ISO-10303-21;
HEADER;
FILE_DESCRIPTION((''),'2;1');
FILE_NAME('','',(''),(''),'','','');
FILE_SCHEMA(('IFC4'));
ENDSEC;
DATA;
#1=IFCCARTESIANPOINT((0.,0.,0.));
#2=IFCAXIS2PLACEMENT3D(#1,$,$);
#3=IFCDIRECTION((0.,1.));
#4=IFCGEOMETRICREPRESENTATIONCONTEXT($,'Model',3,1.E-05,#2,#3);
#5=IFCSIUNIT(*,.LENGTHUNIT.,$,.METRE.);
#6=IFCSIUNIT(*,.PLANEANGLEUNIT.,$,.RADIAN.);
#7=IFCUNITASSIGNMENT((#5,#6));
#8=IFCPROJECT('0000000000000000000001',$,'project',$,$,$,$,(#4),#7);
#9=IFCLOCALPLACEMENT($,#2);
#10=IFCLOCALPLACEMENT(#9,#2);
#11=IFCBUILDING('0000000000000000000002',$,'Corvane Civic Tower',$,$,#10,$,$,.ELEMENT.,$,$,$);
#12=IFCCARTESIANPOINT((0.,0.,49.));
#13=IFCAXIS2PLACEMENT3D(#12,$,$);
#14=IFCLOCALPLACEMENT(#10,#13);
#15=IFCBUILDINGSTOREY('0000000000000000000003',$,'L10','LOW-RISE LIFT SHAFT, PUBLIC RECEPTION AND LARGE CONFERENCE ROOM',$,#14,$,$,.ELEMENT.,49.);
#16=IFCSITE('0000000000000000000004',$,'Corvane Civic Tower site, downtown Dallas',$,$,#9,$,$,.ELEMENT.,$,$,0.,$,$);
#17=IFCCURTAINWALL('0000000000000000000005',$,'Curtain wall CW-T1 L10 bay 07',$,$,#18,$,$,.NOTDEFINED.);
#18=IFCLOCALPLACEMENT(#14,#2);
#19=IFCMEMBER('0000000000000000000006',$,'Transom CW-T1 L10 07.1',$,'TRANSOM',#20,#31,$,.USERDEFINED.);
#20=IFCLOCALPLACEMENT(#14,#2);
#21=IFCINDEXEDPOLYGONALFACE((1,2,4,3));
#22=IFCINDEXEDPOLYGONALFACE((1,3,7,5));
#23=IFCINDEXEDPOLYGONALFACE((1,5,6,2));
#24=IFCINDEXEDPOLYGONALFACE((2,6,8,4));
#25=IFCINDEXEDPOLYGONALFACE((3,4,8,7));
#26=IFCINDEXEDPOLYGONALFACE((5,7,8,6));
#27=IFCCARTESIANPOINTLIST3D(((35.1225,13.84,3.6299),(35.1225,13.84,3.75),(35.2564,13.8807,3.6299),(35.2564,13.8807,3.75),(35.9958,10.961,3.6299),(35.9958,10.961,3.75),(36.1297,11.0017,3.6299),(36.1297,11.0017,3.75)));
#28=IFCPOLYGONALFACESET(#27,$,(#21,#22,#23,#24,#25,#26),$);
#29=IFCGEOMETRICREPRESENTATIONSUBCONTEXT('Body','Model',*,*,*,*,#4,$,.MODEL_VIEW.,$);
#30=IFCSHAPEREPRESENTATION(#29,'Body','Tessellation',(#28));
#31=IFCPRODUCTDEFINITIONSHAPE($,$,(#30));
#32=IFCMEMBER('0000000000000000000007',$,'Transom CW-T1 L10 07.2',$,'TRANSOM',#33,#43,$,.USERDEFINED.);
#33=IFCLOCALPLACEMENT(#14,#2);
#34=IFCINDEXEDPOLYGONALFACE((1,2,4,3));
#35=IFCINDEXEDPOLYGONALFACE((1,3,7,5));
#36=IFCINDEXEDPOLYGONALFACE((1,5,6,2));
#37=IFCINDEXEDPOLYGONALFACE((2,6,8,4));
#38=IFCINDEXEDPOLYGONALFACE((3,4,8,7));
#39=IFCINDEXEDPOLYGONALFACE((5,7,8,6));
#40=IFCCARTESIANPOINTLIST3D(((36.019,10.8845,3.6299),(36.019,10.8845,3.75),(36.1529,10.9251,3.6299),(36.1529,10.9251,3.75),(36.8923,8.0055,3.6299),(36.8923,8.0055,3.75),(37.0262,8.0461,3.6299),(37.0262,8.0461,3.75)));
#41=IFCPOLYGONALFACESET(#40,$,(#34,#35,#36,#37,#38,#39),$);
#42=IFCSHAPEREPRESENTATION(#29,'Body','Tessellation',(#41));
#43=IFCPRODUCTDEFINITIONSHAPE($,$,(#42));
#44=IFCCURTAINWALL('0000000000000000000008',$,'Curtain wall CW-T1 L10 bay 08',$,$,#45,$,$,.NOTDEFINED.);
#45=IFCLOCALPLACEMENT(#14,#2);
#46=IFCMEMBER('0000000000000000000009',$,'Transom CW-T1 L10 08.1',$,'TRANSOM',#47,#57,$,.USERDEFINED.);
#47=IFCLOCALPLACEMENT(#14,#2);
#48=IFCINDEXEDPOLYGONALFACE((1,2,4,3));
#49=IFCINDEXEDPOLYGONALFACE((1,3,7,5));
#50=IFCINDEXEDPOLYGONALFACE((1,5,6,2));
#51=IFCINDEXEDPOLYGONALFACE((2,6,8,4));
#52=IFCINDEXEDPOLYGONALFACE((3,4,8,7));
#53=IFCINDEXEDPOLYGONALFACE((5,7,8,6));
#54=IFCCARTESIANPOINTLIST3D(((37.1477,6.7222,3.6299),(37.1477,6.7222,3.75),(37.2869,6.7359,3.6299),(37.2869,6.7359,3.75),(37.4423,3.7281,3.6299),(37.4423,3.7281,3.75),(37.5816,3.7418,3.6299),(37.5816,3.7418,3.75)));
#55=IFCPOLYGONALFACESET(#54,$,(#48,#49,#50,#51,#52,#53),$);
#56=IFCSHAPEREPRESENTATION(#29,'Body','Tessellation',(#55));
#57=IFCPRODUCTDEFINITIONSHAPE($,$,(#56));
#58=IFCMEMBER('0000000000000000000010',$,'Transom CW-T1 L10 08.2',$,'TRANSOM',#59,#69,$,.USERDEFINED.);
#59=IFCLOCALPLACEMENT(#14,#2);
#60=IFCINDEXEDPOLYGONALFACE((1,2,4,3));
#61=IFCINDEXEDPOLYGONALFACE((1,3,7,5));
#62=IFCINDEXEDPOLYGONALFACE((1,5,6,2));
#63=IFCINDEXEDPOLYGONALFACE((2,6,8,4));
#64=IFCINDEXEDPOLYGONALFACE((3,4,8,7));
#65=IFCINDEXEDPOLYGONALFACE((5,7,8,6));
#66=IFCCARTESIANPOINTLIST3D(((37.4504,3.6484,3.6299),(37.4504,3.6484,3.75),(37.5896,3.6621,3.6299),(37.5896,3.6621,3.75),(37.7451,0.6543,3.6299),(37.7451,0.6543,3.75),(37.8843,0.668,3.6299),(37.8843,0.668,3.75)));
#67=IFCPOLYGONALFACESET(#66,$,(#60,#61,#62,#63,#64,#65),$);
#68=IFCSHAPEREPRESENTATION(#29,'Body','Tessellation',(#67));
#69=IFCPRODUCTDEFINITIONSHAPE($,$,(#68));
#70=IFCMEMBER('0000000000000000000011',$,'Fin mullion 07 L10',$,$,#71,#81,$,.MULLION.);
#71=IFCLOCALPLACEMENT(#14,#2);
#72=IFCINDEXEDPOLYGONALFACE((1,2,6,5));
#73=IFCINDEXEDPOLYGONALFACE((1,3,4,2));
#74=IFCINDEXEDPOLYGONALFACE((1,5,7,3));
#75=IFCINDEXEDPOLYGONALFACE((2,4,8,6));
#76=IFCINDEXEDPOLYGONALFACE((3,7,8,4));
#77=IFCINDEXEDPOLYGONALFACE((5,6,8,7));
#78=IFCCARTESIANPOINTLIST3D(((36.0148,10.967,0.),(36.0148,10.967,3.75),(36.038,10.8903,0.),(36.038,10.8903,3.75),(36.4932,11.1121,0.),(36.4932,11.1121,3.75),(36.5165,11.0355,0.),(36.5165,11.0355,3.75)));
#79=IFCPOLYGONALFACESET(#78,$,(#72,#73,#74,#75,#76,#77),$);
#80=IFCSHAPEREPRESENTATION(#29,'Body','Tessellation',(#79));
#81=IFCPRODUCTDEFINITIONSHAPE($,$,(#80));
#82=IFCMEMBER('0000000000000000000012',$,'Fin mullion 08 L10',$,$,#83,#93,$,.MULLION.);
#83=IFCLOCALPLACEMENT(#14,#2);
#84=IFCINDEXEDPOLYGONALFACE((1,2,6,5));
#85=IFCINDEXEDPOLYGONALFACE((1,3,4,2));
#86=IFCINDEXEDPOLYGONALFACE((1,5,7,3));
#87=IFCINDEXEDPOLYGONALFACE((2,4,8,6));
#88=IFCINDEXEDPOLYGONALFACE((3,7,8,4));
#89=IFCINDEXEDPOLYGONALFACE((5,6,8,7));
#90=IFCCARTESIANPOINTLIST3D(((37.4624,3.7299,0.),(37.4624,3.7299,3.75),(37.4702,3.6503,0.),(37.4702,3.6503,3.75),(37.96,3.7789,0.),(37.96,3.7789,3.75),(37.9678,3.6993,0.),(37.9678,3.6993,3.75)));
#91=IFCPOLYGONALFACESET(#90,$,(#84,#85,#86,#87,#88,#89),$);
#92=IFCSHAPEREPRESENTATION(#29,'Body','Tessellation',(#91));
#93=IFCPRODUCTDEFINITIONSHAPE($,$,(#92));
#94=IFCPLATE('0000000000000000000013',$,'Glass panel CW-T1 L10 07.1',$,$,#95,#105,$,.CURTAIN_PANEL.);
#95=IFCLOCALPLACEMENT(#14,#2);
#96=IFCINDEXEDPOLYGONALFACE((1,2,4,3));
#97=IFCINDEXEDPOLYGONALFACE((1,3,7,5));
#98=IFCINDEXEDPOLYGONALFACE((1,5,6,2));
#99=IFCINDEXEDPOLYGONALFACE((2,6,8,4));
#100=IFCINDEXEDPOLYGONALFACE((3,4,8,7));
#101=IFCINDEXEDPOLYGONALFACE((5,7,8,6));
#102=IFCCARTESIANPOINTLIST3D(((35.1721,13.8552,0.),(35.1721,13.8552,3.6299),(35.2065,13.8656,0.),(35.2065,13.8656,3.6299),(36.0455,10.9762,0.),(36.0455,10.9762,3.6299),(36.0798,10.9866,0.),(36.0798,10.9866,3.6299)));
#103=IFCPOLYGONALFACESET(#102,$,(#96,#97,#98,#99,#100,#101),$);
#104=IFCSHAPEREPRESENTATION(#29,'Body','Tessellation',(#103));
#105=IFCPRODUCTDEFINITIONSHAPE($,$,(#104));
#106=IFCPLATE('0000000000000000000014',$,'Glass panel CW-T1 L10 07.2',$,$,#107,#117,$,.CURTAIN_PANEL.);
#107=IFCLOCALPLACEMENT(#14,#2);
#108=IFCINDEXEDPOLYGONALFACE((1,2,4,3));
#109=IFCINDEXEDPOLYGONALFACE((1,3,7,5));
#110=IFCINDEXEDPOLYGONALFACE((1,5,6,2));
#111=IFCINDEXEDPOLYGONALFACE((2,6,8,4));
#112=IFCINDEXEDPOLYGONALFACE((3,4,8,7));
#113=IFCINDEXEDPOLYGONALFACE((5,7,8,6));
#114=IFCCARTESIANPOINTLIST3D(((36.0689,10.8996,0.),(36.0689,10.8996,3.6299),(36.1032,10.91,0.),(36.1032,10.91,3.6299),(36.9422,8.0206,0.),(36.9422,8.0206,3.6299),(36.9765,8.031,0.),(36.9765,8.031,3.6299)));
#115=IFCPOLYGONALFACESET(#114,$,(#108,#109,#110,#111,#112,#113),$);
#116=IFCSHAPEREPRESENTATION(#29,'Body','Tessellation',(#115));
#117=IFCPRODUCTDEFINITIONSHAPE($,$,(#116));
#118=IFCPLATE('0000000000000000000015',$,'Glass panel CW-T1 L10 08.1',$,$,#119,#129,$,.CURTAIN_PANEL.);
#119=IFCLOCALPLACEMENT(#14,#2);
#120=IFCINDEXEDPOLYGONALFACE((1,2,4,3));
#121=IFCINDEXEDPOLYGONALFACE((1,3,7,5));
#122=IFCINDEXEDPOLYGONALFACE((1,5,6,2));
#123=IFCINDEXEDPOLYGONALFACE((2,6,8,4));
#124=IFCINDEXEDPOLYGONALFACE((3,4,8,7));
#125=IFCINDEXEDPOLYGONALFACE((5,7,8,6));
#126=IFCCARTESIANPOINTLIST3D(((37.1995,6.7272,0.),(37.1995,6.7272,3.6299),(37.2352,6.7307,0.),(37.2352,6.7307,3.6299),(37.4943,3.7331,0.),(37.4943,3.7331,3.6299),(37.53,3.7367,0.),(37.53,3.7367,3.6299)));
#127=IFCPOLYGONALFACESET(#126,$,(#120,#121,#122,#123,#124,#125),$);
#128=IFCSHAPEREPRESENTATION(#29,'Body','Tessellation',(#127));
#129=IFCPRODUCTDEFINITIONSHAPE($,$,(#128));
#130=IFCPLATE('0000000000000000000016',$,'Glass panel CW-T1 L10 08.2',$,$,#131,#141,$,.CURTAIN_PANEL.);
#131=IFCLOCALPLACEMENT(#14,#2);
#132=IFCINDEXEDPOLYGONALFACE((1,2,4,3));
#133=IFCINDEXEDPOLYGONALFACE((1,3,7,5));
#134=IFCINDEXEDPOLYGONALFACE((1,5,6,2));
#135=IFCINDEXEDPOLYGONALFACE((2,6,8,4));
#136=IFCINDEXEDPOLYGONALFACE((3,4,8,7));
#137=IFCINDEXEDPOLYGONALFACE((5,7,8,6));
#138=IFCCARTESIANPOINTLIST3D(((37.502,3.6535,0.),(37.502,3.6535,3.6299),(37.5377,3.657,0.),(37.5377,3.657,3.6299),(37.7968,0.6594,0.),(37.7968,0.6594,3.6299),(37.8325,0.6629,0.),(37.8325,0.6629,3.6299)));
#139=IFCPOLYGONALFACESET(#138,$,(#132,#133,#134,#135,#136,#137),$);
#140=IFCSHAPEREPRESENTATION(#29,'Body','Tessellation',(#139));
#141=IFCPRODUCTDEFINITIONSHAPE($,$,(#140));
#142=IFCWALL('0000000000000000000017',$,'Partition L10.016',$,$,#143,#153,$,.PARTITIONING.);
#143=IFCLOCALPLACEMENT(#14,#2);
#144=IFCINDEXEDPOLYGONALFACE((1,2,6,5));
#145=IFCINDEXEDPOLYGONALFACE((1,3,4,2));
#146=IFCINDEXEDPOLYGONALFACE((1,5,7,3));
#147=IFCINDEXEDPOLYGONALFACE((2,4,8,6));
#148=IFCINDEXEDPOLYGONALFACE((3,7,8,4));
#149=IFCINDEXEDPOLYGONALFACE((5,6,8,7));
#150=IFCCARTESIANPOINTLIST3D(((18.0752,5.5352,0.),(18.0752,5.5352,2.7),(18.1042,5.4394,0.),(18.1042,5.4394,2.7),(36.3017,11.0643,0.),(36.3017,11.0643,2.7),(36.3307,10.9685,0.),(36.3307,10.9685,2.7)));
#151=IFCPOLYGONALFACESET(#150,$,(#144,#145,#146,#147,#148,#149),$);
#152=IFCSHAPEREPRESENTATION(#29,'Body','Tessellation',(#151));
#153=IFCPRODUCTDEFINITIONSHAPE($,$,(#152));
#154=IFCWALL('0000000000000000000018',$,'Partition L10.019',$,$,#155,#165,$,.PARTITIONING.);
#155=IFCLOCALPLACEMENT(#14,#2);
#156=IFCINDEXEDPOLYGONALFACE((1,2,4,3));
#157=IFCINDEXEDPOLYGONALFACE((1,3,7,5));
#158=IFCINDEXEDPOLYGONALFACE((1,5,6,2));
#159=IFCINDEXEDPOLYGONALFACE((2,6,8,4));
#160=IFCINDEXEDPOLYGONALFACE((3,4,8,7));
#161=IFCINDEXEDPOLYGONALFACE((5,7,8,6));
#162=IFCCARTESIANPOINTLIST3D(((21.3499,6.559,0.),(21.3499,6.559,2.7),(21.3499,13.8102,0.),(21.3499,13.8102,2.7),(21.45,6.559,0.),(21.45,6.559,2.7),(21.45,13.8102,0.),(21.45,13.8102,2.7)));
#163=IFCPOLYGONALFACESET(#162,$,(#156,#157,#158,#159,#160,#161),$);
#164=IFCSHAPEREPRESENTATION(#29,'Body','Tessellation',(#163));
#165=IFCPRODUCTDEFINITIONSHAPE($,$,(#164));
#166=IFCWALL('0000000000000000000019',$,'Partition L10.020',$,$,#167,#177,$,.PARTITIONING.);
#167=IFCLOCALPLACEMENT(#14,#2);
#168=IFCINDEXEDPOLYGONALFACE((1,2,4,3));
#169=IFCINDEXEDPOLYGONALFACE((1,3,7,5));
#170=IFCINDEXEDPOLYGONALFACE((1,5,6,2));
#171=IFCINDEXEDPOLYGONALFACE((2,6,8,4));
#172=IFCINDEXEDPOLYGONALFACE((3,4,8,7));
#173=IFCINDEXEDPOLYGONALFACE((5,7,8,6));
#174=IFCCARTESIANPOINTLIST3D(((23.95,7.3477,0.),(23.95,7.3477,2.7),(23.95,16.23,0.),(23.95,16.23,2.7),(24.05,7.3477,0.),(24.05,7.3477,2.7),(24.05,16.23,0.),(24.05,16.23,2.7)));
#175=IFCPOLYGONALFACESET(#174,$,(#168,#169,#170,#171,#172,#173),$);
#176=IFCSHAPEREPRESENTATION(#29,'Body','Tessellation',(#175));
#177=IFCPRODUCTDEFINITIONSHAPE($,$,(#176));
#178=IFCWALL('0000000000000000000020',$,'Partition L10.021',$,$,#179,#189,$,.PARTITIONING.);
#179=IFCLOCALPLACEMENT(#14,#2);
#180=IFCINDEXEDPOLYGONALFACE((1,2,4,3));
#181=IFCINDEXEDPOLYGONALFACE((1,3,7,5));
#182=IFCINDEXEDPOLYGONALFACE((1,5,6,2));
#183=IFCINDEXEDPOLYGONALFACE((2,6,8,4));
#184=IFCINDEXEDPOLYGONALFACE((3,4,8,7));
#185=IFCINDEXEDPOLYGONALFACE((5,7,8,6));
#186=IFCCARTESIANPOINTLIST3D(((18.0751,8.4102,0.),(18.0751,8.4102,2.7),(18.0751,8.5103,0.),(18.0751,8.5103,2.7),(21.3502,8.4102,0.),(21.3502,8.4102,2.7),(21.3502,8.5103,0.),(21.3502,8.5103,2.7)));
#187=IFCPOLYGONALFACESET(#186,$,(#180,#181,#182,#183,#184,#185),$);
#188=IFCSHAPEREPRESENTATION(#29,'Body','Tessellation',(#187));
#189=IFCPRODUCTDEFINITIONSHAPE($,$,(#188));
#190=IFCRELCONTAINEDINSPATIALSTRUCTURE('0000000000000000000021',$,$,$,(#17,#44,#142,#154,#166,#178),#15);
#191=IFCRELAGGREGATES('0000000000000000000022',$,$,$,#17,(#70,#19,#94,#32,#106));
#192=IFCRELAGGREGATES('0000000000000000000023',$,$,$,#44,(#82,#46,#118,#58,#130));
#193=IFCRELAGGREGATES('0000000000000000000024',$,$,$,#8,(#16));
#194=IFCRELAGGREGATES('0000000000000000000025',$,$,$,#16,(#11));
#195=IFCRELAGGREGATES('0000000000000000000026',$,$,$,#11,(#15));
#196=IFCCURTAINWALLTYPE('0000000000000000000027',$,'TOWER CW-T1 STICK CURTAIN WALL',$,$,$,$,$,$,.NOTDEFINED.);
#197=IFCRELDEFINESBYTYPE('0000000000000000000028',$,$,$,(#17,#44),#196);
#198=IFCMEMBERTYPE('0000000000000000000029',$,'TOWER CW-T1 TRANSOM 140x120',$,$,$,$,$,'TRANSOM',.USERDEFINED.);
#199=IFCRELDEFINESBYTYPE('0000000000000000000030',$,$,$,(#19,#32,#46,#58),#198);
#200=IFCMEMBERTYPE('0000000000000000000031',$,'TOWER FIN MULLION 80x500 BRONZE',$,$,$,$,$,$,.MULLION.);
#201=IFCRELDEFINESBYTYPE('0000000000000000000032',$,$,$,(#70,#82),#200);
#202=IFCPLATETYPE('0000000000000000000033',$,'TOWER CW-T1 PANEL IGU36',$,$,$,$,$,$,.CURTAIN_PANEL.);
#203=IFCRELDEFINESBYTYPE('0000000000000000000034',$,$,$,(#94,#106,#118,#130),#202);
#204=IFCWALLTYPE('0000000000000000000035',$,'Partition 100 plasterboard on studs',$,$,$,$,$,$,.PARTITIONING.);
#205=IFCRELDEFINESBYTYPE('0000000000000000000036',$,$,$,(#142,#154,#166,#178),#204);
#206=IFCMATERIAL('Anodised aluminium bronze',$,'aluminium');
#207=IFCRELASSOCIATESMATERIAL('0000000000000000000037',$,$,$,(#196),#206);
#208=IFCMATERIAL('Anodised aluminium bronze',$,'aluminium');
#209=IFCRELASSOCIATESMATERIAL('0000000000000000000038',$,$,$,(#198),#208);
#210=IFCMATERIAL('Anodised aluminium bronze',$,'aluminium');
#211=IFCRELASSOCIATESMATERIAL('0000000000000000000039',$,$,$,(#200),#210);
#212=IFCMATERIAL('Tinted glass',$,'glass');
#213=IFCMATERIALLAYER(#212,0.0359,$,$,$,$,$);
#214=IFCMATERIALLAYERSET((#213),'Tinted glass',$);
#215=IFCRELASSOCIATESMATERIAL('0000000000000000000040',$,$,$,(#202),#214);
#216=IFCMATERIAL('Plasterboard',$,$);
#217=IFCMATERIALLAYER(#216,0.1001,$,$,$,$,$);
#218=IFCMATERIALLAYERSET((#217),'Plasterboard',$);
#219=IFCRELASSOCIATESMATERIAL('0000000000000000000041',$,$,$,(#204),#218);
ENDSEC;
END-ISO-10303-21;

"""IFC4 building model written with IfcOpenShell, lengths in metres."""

from ifc_helpers import new_model, si_unit, direction, frame, frame_2d, origin, origin_2d, place, context, subcontext, project, spatial, rectangle, extrude, material, layer, layer_set, material_profile, profile_set, type_object, element, aggregate, save


model = new_model("IFC4")

# Units and contexts
model_context = context("Model", 3, precision=1e-05, world=origin(), true_north=direction((0.0, 1.0)))
body_context = subcontext(model_context, "Body", "Model", "MODEL_VIEW")
ifc_project = project(units=[si_unit("LENGTHUNIT", "METRE"), si_unit("PLANEANGLEUNIT", "RADIAN")], contexts=[model_context])

# Site, building, storey
site_placement = place(None, origin())
site = spatial("IfcSite", under=ifc_project, at=site_placement, Name="Corvane Civic Tower site, downtown Dallas", CompositionType="ELEMENT", RefElevation=0.0)
building_placement = place(site_placement, origin())
building = spatial("IfcBuilding", under=site, at=building_placement, Name="Corvane Civic Tower", CompositionType="ELEMENT")
storey_placement = place(building_placement, frame((0.0, 0.0, 49.0)))
storey = spatial("IfcBuildingStorey", under=building, at=storey_placement, Name="L10", Description="LOW-RISE LIFT SHAFT, PUBLIC RECEPTION AND LARGE CONFERENCE ROOM", CompositionType="ELEMENT", Elevation=49.0)

# Curtain walls, members
ifc_material_1 = material(Name="Anodised aluminium bronze", Category="aluminium")
curtain_wall_type = type_object("IfcCurtainWallType", Name="TOWER CW-T1 STICK CURTAIN WALL", PredefinedType="NOTDEFINED", material=ifc_material_1)
curtain_wall_1_placement = place(storey_placement, origin())
curtain_wall_1 = element("IfcCurtainWall", 1, at=curtain_wall_1_placement, inside=storey, type_object=curtain_wall_type, Name="Curtain wall CW-T1 L10 bay 07", PredefinedType="NOTDEFINED")
ifc_material_2 = material(Name="Anodised aluminium bronze", Category="aluminium")
ifc_material_profile_1 = material_profile(ifc_material_2, rectangle(XDim=0.1399, YDim=0.1201, at=origin_2d()), Name="TOWER CW-T1 TRANSOM 140x120")
ifc_profile_set_1 = profile_set([ifc_material_profile_1], Name="Anodised aluminium bronze")
member_type_1 = type_object("IfcMemberType", Name="TOWER CW-T1 TRANSOM 140x120", ElementType="TRANSOM", PredefinedType="USERDEFINED", material=ifc_profile_set_1)
member_1_placement = place(storey_placement, frame((35.1895, 13.8604, 3.6899), z_axis=(0.29028, -0.956942, 0.0), x_axis=(0.956942, 0.29028, 0.0)))
member_1 = element("IfcMember", 2, at=member_1_placement, type_object=member_type_1, Name="Transom CW-T1 L10 07.1", ObjectType="TRANSOM", PredefinedType="USERDEFINED", context=body_context, shape_type="SweptSolid", body=[
    extrude(rectangle(XDim=0.1399, YDim=0.1201, at=origin_2d()), origin(), (0.0, 0.0, 1.0), 3.0085),
])
member_2_placement = place(storey_placement, frame((36.0859, 10.9048, 3.6899), z_axis=(0.29028, -0.956942, 0.0), x_axis=(0.956942, 0.29028, 0.0)))
member_2 = element("IfcMember", 3, at=member_2_placement, type_object=member_type_1, Name="Transom CW-T1 L10 07.2", ObjectType="TRANSOM", PredefinedType="USERDEFINED", context=body_context, shape_type="SweptSolid", body=[
    extrude(rectangle(XDim=0.1399, YDim=0.1201, at=origin_2d()), origin(), (0.0, 0.0, 1.0), 3.0085),
])
curtain_wall_2_placement = place(storey_placement, origin())
curtain_wall_2 = element("IfcCurtainWall", 4, at=curtain_wall_2_placement, inside=storey, type_object=curtain_wall_type, Name="Curtain wall CW-T1 L10 bay 08", PredefinedType="NOTDEFINED")
member_3_placement = place(storey_placement, frame((37.2173, 6.729, 3.6899), z_axis=(0.097945, -0.995192, 0.0), x_axis=(0.995192, 0.097945, 0.0)))
member_3 = element("IfcMember", 5, at=member_3_placement, type_object=member_type_1, Name="Transom CW-T1 L10 08.1", ObjectType="TRANSOM", PredefinedType="USERDEFINED", context=body_context, shape_type="SweptSolid", body=[
    extrude(rectangle(XDim=0.1399, YDim=0.1201, at=origin_2d()), origin(), (0.0, 0.0, 1.0), 3.0085),
])
member_4_placement = place(storey_placement, frame((37.52, 3.6553, 3.6899), z_axis=(0.097945, -0.995192, 0.0), x_axis=(0.995192, 0.097945, 0.0)))
member_4 = element("IfcMember", 6, at=member_4_placement, type_object=member_type_1, Name="Transom CW-T1 L10 08.2", ObjectType="TRANSOM", PredefinedType="USERDEFINED", context=body_context, shape_type="SweptSolid", body=[
    extrude(rectangle(XDim=0.1399, YDim=0.1201, at=origin_2d()), origin(), (0.0, 0.0, 1.0), 3.0085),
])

# Members
ifc_material_3 = material(Name="Anodised aluminium bronze", Category="aluminium")
ifc_material_profile_2 = material_profile(ifc_material_3, rectangle(XDim=0.0801, YDim=0.5, at=origin_2d()), Name="TOWER FIN MULLION 80x500 BRONZE")
ifc_profile_set_2 = profile_set([ifc_material_profile_2], Name="Anodised aluminium bronze")
member_type_2 = type_object("IfcMemberType", Name="TOWER FIN MULLION 80x500 BRONZE", PredefinedType="MULLION", material=ifc_profile_set_2)
member_5_placement = place(storey_placement, frame((36.2656, 11.0012, 0.0), z_axis=(0.0, 0.0, 1.0), x_axis=(0.290278, -0.956942, 0.0)))
member_5 = element("IfcMember", 7, at=member_5_placement, type_object=member_type_2, Name="Fin mullion 07 L10", PredefinedType="MULLION", context=body_context, shape_type="SweptSolid", body=[
    extrude(rectangle(XDim=0.0801, YDim=0.5, at=origin_2d()), origin(), (0.0, 0.0, 1.0), 3.75),
])
member_6_placement = place(storey_placement, frame((37.7151, 3.7146, 0.0), z_axis=(0.0, 0.0, 1.0), x_axis=(0.098006, -0.995186, 0.0)))
member_6 = element("IfcMember", 8, at=member_6_placement, type_object=member_type_2, Name="Fin mullion 08 L10", PredefinedType="MULLION", context=body_context, shape_type="SweptSolid", body=[
    extrude(rectangle(XDim=0.0801, YDim=0.5, at=origin_2d()), origin(), (0.0, 0.0, 1.0), 3.75),
])

# Plates
ifc_material_4 = material(Name="Tinted glass", Category="glass")
ifc_layer_1 = layer(ifc_material_4, 0.0359)
ifc_layer_set_1 = layer_set([ifc_layer_1], Name="Tinted glass")
plate_type = type_object("IfcPlateType", Name="TOWER CW-T1 PANEL IGU36", PredefinedType="CURTAIN_PANEL", material=ifc_layer_set_1)
plate_1_placement = place(storey_placement, frame((35.626, 12.4209, 0.0), z_axis=(0.0, 0.0, 1.0), x_axis=(0.290278, -0.956942, 0.0)))
plate_1 = element("IfcPlate", 9, at=plate_1_placement, type_object=plate_type, Name="Glass panel CW-T1 L10 07.1", PredefinedType="CURTAIN_PANEL", context=body_context, shape_type="SweptSolid", body=[
    extrude(rectangle(XDim=3.0085, YDim=0.0359, at=origin_2d()), origin(), (0.0, 0.0, 1.0), 3.6299),
])
plate_2_placement = place(storey_placement, frame((36.5227, 9.4653, 0.0), z_axis=(0.0, 0.0, 1.0), x_axis=(0.290278, -0.956942, 0.0)))
plate_2 = element("IfcPlate", 10, at=plate_2_placement, type_object=plate_type, Name="Glass panel CW-T1 L10 07.2", PredefinedType="CURTAIN_PANEL", context=body_context, shape_type="SweptSolid", body=[
    extrude(rectangle(XDim=3.0085, YDim=0.0359, at=origin_2d()), origin(), (0.0, 0.0, 1.0), 3.6299),
])
aggregate(curtain_wall_1, [member_5, member_1, plate_1, member_2, plate_2])
plate_3_placement = place(storey_placement, frame((37.3647, 5.2319, 0.0), z_axis=(0.0, 0.0, 1.0), x_axis=(0.098006, -0.995186, 0.0)))
plate_3 = element("IfcPlate", 11, at=plate_3_placement, type_object=plate_type, Name="Glass panel CW-T1 L10 08.1", PredefinedType="CURTAIN_PANEL", context=body_context, shape_type="SweptSolid", body=[
    extrude(rectangle(XDim=3.0085, YDim=0.0359, at=origin_2d()), origin(), (0.0, 0.0, 1.0), 3.6299),
])
plate_4_placement = place(storey_placement, frame((37.6672, 2.1582, 0.0), z_axis=(0.0, 0.0, 1.0), x_axis=(0.098006, -0.995186, 0.0)))
plate_4 = element("IfcPlate", 12, at=plate_4_placement, type_object=plate_type, Name="Glass panel CW-T1 L10 08.2", PredefinedType="CURTAIN_PANEL", context=body_context, shape_type="SweptSolid", body=[
    extrude(rectangle(XDim=3.0085, YDim=0.0359, at=origin_2d()), origin(), (0.0, 0.0, 1.0), 3.6299),
])
aggregate(curtain_wall_2, [member_6, member_3, plate_3, member_4, plate_4])

# Walls
ifc_material_5 = material(Name="Plasterboard")
ifc_layer_2 = layer(ifc_material_5, 0.1001)
ifc_layer_set_2 = layer_set([ifc_layer_2], Name="Plasterboard")
wall_type = type_object("IfcWallType", Name="Partition 100 plasterboard on studs", PredefinedType="PARTITIONING", material=ifc_layer_set_2)
wall_1_placement = place(storey_placement, frame((18.0896, 5.4873, 0.0), z_axis=(0.0, 0.0, 1.0), x_axis=(0.956939, 0.290289, 0.0)))
element("IfcWall", 13, at=wall_1_placement, inside=storey, type_object=wall_type, Name="Partition L10.016", PredefinedType="PARTITIONING", context=body_context, shape_type="SweptSolid", body=[
    extrude(rectangle(XDim=19.0466, YDim=0.1001, at=frame_2d((9.5234, 0.0))), origin(), (0.0, 0.0, 1.0), 2.7),
])
wall_2_placement = place(storey_placement, frame((21.3999, 6.5591, 0.0), z_axis=(0.0, 0.0, 1.0), x_axis=(0.0, 1.0, 0.0)))
element("IfcWall", 14, at=wall_2_placement, inside=storey, type_object=wall_type, Name="Partition L10.019", PredefinedType="PARTITIONING", context=body_context, shape_type="SweptSolid", body=[
    extrude(rectangle(XDim=7.2512, YDim=0.1001, at=frame_2d((3.6255, 0.0))), origin(), (0.0, 0.0, 1.0), 2.7),
])
wall_3_placement = place(storey_placement, frame((24.0, 7.3477, 0.0), z_axis=(0.0, 0.0, 1.0), x_axis=(0.0, 1.0, 0.0)))
element("IfcWall", 15, at=wall_3_placement, inside=storey, type_object=wall_type, Name="Partition L10.020", PredefinedType="PARTITIONING", context=body_context, shape_type="SweptSolid", body=[
    extrude(rectangle(XDim=8.8823, YDim=0.1001, at=frame_2d((4.4412, 0.0))), origin(), (0.0, 0.0, 1.0), 2.7),
])
for number, where, z_axis, x_axis, name in (
    (16, (18.075, 8.4602, 0.0), (0.0, 0.0, 1.0), (1.0, 0.0, 0.0), "Partition L10.021"),
):
    element("IfcWall", number, at=place(storey_placement, frame(where, z_axis=z_axis, x_axis=x_axis)), inside=storey, type_object=wall_type, Name=name, PredefinedType="PARTITIONING", context=body_context, shape_type="SweptSolid", body=[
        extrude(rectangle(XDim=3.2751, YDim=0.1001, at=frame_2d((1.6377, 0.0))), origin(), (0.0, 0.0, 1.0), 2.7),
    ])

save(model, "model.ifc")
